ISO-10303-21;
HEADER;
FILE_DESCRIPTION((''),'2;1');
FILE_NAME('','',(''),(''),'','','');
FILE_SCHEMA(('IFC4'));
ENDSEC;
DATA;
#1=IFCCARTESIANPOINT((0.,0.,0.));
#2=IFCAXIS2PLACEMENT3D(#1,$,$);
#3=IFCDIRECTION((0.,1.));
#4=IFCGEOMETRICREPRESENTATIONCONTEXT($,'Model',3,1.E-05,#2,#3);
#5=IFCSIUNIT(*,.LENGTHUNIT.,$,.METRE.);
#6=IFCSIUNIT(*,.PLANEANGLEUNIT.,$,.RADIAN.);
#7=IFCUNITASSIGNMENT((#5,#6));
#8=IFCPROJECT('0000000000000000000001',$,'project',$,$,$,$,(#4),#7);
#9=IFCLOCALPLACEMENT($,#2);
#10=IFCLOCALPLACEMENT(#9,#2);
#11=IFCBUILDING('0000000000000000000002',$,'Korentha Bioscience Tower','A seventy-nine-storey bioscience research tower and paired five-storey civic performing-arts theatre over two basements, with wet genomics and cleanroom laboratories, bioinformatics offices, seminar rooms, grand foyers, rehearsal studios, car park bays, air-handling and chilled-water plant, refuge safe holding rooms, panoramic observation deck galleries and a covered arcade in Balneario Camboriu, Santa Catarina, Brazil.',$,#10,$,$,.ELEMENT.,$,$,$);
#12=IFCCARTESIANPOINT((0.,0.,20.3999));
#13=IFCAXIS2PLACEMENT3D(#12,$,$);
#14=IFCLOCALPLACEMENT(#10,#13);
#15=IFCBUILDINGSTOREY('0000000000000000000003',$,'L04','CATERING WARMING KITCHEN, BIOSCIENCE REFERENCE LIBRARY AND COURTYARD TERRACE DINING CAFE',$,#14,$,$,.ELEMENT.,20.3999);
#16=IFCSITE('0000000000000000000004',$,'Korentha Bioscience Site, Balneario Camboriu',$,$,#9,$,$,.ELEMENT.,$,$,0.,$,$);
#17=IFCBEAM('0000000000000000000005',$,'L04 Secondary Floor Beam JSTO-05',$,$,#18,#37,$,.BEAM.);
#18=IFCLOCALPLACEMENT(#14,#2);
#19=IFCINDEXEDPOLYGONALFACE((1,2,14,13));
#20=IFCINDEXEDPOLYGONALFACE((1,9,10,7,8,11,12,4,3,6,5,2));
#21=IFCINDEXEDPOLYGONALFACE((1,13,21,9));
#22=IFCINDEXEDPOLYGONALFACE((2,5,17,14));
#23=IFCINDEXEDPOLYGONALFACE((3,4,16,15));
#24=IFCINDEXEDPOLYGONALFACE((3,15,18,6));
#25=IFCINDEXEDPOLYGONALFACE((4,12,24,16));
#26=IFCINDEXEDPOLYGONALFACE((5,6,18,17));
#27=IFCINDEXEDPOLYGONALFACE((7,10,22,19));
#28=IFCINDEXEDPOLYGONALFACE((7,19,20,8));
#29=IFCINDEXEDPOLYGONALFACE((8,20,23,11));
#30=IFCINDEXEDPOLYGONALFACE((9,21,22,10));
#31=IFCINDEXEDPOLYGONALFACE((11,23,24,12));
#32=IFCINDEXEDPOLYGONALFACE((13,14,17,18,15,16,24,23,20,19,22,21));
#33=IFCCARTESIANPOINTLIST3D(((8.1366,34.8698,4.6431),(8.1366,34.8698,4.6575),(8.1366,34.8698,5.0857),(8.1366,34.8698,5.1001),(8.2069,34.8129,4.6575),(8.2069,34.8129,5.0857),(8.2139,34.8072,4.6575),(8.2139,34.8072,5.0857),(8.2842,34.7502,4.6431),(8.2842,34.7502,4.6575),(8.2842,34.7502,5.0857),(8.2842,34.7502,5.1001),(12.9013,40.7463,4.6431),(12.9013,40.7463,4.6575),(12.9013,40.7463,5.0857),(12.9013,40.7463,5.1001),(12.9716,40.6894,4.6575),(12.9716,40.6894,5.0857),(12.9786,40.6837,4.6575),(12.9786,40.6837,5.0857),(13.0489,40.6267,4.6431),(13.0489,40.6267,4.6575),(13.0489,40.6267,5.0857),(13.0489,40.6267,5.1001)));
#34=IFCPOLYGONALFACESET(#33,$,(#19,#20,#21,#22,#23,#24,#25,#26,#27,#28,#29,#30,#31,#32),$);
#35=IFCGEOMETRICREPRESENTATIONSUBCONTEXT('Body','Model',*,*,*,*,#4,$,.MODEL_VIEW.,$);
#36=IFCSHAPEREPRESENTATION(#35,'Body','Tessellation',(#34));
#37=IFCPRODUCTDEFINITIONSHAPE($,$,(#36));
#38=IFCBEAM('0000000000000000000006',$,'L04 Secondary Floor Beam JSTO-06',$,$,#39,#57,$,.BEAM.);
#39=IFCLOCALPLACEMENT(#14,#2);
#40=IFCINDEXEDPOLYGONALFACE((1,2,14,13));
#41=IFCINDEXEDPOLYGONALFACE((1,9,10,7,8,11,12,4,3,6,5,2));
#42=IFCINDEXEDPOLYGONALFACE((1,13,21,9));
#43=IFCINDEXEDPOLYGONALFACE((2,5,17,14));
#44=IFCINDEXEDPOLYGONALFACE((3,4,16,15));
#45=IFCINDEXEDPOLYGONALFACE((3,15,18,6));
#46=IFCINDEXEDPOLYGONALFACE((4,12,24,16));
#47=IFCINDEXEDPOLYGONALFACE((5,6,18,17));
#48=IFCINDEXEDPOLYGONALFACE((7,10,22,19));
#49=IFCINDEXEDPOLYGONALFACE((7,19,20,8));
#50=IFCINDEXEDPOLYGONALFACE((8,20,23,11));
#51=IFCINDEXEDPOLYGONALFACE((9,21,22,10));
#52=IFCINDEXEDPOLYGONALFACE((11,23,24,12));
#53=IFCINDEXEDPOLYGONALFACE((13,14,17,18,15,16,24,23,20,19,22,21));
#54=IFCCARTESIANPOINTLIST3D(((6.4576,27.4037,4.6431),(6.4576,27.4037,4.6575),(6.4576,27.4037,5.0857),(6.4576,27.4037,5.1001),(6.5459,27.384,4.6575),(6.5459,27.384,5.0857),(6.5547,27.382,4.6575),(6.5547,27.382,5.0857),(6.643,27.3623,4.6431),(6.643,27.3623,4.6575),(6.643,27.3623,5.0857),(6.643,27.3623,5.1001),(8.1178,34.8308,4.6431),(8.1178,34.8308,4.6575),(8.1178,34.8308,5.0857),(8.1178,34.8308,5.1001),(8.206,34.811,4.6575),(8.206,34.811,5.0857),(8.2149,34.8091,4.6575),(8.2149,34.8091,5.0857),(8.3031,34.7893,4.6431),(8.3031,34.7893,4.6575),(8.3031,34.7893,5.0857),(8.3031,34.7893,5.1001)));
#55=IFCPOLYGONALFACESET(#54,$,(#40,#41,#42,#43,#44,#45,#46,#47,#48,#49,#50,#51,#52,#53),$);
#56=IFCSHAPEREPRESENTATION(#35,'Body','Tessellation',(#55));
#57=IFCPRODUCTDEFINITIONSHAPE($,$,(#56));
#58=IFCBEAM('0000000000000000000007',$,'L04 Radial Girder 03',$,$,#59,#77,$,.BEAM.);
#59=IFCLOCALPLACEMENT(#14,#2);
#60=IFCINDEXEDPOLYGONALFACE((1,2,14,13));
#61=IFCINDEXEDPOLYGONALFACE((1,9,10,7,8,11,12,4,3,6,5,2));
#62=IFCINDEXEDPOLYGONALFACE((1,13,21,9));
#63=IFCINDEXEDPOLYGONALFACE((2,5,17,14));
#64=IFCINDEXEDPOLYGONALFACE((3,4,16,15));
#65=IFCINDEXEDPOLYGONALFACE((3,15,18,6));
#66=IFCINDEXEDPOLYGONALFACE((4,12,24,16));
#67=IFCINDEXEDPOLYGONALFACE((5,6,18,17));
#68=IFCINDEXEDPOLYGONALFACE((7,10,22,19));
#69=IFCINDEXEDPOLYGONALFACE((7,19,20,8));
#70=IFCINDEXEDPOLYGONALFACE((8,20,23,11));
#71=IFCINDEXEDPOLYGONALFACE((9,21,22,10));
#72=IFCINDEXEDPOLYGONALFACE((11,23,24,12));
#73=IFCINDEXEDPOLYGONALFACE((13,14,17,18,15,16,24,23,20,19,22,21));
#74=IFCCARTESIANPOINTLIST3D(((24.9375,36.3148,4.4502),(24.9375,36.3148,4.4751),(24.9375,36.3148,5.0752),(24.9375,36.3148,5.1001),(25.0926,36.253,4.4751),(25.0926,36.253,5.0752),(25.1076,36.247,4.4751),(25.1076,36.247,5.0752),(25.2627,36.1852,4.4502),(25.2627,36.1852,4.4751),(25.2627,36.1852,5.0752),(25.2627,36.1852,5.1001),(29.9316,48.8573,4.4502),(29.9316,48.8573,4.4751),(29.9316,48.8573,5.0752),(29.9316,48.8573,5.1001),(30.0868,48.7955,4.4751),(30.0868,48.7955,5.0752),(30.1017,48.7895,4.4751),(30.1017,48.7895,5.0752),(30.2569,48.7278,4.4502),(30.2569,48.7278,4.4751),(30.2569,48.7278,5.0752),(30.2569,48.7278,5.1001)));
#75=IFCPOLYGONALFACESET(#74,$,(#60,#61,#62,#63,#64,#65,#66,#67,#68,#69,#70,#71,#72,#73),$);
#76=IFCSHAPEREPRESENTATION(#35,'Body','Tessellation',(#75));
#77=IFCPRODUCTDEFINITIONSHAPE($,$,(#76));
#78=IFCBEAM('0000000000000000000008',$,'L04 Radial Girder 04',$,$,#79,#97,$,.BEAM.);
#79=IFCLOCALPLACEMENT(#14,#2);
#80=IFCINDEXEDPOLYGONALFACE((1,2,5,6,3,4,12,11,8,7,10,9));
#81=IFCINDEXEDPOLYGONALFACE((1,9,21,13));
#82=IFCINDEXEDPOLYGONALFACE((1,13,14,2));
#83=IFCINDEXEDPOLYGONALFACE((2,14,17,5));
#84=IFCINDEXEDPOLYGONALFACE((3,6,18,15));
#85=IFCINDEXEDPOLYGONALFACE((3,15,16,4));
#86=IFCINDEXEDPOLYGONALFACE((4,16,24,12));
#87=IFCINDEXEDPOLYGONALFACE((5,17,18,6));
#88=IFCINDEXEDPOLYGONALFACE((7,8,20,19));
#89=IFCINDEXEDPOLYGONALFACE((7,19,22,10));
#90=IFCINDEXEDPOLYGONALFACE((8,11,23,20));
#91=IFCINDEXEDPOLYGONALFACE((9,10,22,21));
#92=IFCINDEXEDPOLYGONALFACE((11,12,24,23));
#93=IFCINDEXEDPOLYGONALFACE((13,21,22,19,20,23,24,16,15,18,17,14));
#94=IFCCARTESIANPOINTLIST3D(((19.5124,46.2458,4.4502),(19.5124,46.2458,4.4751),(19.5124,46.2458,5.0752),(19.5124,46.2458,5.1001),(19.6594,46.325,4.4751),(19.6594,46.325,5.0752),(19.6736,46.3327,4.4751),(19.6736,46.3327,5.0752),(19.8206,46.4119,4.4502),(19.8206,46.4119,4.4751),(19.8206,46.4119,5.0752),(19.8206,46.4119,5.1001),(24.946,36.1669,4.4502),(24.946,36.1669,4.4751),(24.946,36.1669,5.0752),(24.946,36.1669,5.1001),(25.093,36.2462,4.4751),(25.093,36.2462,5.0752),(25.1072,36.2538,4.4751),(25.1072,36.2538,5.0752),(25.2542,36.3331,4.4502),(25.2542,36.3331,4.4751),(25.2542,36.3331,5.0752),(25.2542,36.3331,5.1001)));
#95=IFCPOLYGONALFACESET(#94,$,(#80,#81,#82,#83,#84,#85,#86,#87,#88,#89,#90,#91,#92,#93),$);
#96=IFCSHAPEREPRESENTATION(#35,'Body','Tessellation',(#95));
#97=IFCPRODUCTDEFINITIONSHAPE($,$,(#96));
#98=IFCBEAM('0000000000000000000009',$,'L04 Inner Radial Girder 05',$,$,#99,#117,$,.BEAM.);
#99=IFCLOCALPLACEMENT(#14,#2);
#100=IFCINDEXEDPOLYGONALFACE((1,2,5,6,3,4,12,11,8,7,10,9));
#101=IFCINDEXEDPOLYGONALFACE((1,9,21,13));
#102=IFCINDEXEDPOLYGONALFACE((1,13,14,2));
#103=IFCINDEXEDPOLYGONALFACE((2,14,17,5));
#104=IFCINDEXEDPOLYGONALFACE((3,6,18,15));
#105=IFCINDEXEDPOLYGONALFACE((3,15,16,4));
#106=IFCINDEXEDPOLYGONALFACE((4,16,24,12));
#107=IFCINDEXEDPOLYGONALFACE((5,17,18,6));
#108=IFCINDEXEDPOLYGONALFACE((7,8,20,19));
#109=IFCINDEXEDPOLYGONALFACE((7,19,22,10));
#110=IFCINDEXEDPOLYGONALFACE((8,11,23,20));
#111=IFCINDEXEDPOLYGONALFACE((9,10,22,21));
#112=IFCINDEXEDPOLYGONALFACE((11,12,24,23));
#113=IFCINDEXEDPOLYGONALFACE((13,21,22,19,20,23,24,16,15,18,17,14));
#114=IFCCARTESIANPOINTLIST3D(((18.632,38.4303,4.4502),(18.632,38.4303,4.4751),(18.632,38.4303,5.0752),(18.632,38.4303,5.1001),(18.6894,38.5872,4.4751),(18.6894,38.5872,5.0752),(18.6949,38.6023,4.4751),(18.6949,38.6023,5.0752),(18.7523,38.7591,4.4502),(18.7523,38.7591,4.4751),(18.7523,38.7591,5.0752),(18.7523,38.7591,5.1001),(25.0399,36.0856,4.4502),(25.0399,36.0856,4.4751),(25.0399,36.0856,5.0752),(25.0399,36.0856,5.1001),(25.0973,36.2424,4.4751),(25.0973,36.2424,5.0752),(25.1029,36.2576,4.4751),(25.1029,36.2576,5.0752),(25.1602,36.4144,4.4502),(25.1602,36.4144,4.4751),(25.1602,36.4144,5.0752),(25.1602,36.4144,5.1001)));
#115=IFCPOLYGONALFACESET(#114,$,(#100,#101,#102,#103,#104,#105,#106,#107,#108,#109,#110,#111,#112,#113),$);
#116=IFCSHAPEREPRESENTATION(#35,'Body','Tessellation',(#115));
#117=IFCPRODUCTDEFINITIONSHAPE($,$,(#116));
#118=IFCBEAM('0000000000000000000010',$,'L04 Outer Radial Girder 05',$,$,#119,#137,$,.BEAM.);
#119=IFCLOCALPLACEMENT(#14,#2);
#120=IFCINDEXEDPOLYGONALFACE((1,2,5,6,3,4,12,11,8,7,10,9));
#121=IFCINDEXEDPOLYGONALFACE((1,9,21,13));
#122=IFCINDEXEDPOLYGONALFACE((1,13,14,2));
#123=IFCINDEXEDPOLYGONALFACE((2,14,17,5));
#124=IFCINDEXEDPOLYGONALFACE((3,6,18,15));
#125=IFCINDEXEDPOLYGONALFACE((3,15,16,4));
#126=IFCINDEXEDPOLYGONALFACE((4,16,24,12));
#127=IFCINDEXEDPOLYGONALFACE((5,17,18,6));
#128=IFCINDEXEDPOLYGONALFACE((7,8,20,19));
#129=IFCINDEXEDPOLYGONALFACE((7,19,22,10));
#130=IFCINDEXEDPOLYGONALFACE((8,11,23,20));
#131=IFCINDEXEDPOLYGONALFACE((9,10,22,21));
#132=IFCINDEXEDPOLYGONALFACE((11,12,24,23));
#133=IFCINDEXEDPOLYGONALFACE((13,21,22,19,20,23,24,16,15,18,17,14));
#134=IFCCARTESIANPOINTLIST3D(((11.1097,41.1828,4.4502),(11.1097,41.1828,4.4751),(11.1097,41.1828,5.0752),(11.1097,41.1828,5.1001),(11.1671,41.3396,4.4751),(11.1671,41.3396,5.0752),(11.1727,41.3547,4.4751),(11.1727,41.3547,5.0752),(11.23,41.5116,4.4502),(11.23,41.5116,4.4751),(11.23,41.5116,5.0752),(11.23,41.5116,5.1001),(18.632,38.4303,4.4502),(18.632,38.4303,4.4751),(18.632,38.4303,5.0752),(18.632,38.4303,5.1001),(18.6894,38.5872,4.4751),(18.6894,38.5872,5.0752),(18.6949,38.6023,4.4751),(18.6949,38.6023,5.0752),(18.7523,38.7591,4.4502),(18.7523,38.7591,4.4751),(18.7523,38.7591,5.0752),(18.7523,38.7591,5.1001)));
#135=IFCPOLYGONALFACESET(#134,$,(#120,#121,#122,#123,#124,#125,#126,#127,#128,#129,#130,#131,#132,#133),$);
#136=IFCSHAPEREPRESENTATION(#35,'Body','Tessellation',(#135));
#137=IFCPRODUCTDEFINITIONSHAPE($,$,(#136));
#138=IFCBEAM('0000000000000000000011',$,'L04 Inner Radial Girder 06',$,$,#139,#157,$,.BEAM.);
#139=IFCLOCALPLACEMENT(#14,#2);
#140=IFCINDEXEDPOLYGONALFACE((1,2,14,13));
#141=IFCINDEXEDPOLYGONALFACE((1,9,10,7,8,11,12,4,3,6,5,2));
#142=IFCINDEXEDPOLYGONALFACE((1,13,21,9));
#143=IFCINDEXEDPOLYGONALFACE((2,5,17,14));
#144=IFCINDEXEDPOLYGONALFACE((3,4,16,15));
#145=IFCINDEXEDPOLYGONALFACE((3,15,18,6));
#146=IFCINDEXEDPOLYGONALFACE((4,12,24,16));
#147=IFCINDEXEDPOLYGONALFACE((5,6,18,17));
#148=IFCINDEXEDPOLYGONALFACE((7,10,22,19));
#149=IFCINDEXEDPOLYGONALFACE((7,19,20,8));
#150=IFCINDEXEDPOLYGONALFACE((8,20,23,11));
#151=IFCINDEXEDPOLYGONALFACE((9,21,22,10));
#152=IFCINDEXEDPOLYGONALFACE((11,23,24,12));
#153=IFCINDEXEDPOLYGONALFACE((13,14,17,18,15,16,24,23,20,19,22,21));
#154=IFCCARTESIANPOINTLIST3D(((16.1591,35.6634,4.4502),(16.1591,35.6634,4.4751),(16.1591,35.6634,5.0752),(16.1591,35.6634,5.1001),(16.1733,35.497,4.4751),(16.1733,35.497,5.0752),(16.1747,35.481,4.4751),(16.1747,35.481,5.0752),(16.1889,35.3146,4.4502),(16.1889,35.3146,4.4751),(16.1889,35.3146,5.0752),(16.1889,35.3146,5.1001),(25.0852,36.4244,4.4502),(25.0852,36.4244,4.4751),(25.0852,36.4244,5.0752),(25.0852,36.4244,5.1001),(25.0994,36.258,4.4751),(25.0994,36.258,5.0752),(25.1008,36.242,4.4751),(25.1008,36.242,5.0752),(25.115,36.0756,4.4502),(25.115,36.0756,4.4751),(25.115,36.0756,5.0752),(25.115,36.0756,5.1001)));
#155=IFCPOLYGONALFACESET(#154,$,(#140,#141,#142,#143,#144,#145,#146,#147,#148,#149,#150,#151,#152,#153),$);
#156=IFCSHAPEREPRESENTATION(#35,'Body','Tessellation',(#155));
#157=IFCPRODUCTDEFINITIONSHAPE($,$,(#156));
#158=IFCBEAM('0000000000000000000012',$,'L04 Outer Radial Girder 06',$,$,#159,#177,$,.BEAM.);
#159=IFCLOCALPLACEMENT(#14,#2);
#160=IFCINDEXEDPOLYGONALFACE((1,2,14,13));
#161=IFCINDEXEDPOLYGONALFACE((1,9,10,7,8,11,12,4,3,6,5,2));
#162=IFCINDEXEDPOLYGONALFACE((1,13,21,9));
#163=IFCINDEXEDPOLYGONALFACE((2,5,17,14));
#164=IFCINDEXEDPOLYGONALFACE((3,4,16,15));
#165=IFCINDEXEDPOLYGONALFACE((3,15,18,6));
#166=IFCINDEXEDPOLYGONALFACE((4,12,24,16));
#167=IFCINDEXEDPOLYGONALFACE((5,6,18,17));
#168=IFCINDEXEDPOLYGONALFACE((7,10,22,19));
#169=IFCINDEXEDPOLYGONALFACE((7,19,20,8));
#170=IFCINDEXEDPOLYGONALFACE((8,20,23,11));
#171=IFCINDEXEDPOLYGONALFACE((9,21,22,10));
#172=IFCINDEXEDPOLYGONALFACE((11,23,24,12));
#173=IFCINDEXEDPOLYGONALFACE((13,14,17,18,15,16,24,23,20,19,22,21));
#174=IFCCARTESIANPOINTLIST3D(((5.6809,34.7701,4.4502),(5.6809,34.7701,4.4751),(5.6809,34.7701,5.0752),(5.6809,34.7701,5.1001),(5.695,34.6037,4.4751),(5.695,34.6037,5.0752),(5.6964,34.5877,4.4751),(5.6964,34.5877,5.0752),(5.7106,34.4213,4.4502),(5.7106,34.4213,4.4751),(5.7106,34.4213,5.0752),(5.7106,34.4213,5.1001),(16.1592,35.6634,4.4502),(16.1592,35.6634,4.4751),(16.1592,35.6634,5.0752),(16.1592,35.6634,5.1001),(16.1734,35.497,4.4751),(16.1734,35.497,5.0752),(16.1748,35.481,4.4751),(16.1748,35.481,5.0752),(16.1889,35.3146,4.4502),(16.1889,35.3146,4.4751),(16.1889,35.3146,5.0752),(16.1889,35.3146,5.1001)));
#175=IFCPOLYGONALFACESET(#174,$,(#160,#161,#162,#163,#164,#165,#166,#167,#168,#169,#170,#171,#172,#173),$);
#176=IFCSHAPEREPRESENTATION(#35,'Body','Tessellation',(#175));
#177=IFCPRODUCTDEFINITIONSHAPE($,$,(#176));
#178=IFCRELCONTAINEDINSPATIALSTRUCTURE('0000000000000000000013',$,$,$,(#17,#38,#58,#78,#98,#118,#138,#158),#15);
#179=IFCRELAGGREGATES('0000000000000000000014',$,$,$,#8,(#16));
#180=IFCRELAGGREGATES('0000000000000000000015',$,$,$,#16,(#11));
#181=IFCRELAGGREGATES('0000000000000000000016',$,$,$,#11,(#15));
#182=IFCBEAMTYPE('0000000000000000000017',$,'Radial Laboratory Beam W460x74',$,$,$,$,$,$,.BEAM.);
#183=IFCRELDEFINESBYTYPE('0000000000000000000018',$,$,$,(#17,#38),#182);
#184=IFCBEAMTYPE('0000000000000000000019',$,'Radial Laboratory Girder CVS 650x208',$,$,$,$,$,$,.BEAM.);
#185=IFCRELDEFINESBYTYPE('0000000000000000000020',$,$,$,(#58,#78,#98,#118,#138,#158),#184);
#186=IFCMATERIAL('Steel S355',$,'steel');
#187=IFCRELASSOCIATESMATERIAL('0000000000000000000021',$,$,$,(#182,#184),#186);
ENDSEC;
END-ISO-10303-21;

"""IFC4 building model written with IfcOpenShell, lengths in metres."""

from ifc_helpers import new_model, si_unit, direction, frame, origin, origin_2d, place, context, subcontext, project, spatial, i_section, extrude, material, material_profile, profile_set, type_object, element, save


model = new_model("IFC4")

# Units and contexts
model_context = context("Model", 3, precision=1e-05, world=origin(), true_north=direction((0.0, 1.0)))
body_context = subcontext(model_context, "Body", "Model", "MODEL_VIEW")
ifc_project = project(units=[si_unit("LENGTHUNIT", "METRE"), si_unit("PLANEANGLEUNIT", "RADIAN")], contexts=[model_context])

# Site, building, storey
site_placement = place(None, origin())
site = spatial("IfcSite", under=ifc_project, at=site_placement, Name="Korentha Bioscience Site, Balneario Camboriu", CompositionType="ELEMENT", RefElevation=0.0)
building_placement = place(site_placement, origin())
building = spatial("IfcBuilding", under=site, at=building_placement, Name="Korentha Bioscience Tower", Description="A seventy-nine-storey bioscience research tower and paired five-storey civic performing-arts theatre over two basements, with wet genomics and cleanroom laboratories, bioinformatics offices, seminar rooms, grand foyers, rehearsal studios, car park bays, air-handling and chilled-water plant, refuge safe holding rooms, panoramic observation deck galleries and a covered arcade in Balneario Camboriu, Santa Catarina, Brazil.", CompositionType="ELEMENT")
storey_placement = place(building_placement, frame((0.0, 0.0, 20.3999)))
storey = spatial("IfcBuildingStorey", under=building, at=storey_placement, Name="L04", Description="CATERING WARMING KITCHEN, BIOSCIENCE REFERENCE LIBRARY AND COURTYARD TERRACE DINING CAFE", CompositionType="ELEMENT", Elevation=20.3999)

# Beams
ifc_material_1 = material(Name="Steel S355", Category="steel")
ifc_material_profile_1 = material_profile(ifc_material_1, i_section(OverallWidth=0.1899, OverallDepth=0.457, WebThickness=0.009, FlangeThickness=0.0144, at=origin_2d()), Name="Steel S355")
ifc_profile_set_1 = profile_set([ifc_material_profile_1], Name="Steel S355 (RB-460)")
beam_type_1 = type_object("IfcBeamType", Name="Radial Laboratory Beam W460x74", PredefinedType="BEAM", material=ifc_profile_set_1)
beam_1_placement = place(storey_placement, frame((12.9751, 40.6865, 4.8716), z_axis=(-0.629798, -0.776759, 0.0), x_axis=(0.776759, -0.629798, 0.0)))
element("IfcBeam", 1, at=beam_1_placement, inside=storey, type_object=beam_type_1, Name="L04 Secondary Floor Beam JSTO-05", PredefinedType="BEAM", context=body_context, shape_type="SweptSolid", body=[
    extrude(i_section(OverallWidth=0.1899, OverallDepth=0.457, WebThickness=0.009, FlangeThickness=0.0144, at=origin_2d()), origin(), (0.0, 0.0, 1.0), 7.5654),
])
beam_2_placement = place(storey_placement, frame((8.2104, 34.8101, 4.8716), z_axis=(-0.218146, -0.975916, 0.0), x_axis=(0.975916, -0.218146, 0.0)))
element("IfcBeam", 2, at=beam_2_placement, inside=storey, type_object=beam_type_1, Name="L04 Secondary Floor Beam JSTO-06", PredefinedType="BEAM", context=body_context, shape_type="SweptSolid", body=[
    extrude(i_section(OverallWidth=0.1899, OverallDepth=0.457, WebThickness=0.009, FlangeThickness=0.0144, at=origin_2d()), origin(), (0.0, 0.0, 1.0), 7.6104),
])
ifc_material_profile_2 = material_profile(ifc_material_1, i_section(OverallWidth=0.3501, OverallDepth=0.6499, WebThickness=0.0161, FlangeThickness=0.0249, at=origin_2d()), Name="Steel S355")
ifc_profile_set_2 = profile_set([ifc_material_profile_2], Name="Steel S355 (RB-650)")
beam_type_2 = type_object("IfcBeamType", Name="Radial Laboratory Girder CVS 650x208", PredefinedType="BEAM", material=ifc_profile_set_2)
beam_3_placement = place(storey_placement, frame((25.1001, 36.25, 4.7751), z_axis=(0.369931, 0.929059, 0.0), x_axis=(-0.929059, 0.369931, 0.0)))
element("IfcBeam", 3, at=beam_3_placement, inside=storey, type_object=beam_type_2, Name="L04 Radial Girder 03", PredefinedType="BEAM", context=body_context, shape_type="SweptSolid", body=[
    extrude(i_section(OverallWidth=0.3501, OverallDepth=0.6499, WebThickness=0.0161, FlangeThickness=0.0249, at=origin_2d()), origin(), (0.0, 0.0, 1.0), 13.5002),
])
beam_4_placement = place(storey_placement, frame((25.1001, 36.25, 4.7751), z_axis=(-0.474541, 0.880233, 0.0), x_axis=(-0.880233, -0.474541, 0.0)))
element("IfcBeam", 4, at=beam_4_placement, inside=storey, type_object=beam_type_2, Name="L04 Radial Girder 04", PredefinedType="BEAM", context=body_context, shape_type="SweptSolid", body=[
    extrude(i_section(OverallWidth=0.3501, OverallDepth=0.6499, WebThickness=0.0161, FlangeThickness=0.0249, at=origin_2d()), origin(), (0.0, 0.0, 1.0), 11.4502),
])
beam_5_placement = place(storey_placement, frame((25.1001, 36.25, 4.7751), z_axis=(-0.939106, 0.343627, 0.0), x_axis=(-0.343627, -0.939106, 0.0)))
element("IfcBeam", 5, at=beam_5_placement, inside=storey, type_object=beam_type_2, Name="L04 Inner Radial Girder 05", PredefinedType="BEAM", context=body_context, shape_type="SweptSolid", body=[
    extrude(i_section(OverallWidth=0.3501, OverallDepth=0.6499, WebThickness=0.0161, FlangeThickness=0.0249, at=origin_2d()), origin(), (0.0, 0.0, 1.0), 6.8235),
])
beam_6_placement = place(storey_placement, frame((18.6921, 38.5947, 4.7751), z_axis=(-0.939106, 0.343627, 0.0), x_axis=(-0.343627, -0.939106, 0.0)))
element("IfcBeam", 6, at=beam_6_placement, inside=storey, type_object=beam_type_2, Name="L04 Outer Radial Girder 05", PredefinedType="BEAM", context=body_context, shape_type="SweptSolid", body=[
    extrude(i_section(OverallWidth=0.3501, OverallDepth=0.6499, WebThickness=0.0161, FlangeThickness=0.0249, at=origin_2d()), origin(), (0.0, 0.0, 1.0), 8.01),
])
beam_7_placement = place(storey_placement, frame((25.1001, 36.25, 4.7751), z_axis=(-0.996386, -0.084947, 0.0), x_axis=(0.084947, -0.996386, 0.0)))
element("IfcBeam", 7, at=beam_7_placement, inside=storey, type_object=beam_type_2, Name="L04 Inner Radial Girder 06", PredefinedType="BEAM", context=body_context, shape_type="SweptSolid", body=[
    extrude(i_section(OverallWidth=0.3501, OverallDepth=0.6499, WebThickness=0.0161, FlangeThickness=0.0249, at=origin_2d()), origin(), (0.0, 0.0, 1.0), 8.9585),
])
beam_8_placement = place(storey_placement, frame((16.1741, 35.489, 4.7751), z_axis=(-0.996386, -0.084945, 0.0), x_axis=(0.084945, -0.996386, 0.0)))
element("IfcBeam", 8, at=beam_8_placement, inside=storey, type_object=beam_type_2, Name="L04 Outer Radial Girder 06", PredefinedType="BEAM", context=body_context, shape_type="SweptSolid", body=[
    extrude(i_section(OverallWidth=0.3501, OverallDepth=0.6499, WebThickness=0.0161, FlangeThickness=0.0249, at=origin_2d()), origin(), (0.0, 0.0, 1.0), 10.5164),
])

save(model, "model.ifc")
